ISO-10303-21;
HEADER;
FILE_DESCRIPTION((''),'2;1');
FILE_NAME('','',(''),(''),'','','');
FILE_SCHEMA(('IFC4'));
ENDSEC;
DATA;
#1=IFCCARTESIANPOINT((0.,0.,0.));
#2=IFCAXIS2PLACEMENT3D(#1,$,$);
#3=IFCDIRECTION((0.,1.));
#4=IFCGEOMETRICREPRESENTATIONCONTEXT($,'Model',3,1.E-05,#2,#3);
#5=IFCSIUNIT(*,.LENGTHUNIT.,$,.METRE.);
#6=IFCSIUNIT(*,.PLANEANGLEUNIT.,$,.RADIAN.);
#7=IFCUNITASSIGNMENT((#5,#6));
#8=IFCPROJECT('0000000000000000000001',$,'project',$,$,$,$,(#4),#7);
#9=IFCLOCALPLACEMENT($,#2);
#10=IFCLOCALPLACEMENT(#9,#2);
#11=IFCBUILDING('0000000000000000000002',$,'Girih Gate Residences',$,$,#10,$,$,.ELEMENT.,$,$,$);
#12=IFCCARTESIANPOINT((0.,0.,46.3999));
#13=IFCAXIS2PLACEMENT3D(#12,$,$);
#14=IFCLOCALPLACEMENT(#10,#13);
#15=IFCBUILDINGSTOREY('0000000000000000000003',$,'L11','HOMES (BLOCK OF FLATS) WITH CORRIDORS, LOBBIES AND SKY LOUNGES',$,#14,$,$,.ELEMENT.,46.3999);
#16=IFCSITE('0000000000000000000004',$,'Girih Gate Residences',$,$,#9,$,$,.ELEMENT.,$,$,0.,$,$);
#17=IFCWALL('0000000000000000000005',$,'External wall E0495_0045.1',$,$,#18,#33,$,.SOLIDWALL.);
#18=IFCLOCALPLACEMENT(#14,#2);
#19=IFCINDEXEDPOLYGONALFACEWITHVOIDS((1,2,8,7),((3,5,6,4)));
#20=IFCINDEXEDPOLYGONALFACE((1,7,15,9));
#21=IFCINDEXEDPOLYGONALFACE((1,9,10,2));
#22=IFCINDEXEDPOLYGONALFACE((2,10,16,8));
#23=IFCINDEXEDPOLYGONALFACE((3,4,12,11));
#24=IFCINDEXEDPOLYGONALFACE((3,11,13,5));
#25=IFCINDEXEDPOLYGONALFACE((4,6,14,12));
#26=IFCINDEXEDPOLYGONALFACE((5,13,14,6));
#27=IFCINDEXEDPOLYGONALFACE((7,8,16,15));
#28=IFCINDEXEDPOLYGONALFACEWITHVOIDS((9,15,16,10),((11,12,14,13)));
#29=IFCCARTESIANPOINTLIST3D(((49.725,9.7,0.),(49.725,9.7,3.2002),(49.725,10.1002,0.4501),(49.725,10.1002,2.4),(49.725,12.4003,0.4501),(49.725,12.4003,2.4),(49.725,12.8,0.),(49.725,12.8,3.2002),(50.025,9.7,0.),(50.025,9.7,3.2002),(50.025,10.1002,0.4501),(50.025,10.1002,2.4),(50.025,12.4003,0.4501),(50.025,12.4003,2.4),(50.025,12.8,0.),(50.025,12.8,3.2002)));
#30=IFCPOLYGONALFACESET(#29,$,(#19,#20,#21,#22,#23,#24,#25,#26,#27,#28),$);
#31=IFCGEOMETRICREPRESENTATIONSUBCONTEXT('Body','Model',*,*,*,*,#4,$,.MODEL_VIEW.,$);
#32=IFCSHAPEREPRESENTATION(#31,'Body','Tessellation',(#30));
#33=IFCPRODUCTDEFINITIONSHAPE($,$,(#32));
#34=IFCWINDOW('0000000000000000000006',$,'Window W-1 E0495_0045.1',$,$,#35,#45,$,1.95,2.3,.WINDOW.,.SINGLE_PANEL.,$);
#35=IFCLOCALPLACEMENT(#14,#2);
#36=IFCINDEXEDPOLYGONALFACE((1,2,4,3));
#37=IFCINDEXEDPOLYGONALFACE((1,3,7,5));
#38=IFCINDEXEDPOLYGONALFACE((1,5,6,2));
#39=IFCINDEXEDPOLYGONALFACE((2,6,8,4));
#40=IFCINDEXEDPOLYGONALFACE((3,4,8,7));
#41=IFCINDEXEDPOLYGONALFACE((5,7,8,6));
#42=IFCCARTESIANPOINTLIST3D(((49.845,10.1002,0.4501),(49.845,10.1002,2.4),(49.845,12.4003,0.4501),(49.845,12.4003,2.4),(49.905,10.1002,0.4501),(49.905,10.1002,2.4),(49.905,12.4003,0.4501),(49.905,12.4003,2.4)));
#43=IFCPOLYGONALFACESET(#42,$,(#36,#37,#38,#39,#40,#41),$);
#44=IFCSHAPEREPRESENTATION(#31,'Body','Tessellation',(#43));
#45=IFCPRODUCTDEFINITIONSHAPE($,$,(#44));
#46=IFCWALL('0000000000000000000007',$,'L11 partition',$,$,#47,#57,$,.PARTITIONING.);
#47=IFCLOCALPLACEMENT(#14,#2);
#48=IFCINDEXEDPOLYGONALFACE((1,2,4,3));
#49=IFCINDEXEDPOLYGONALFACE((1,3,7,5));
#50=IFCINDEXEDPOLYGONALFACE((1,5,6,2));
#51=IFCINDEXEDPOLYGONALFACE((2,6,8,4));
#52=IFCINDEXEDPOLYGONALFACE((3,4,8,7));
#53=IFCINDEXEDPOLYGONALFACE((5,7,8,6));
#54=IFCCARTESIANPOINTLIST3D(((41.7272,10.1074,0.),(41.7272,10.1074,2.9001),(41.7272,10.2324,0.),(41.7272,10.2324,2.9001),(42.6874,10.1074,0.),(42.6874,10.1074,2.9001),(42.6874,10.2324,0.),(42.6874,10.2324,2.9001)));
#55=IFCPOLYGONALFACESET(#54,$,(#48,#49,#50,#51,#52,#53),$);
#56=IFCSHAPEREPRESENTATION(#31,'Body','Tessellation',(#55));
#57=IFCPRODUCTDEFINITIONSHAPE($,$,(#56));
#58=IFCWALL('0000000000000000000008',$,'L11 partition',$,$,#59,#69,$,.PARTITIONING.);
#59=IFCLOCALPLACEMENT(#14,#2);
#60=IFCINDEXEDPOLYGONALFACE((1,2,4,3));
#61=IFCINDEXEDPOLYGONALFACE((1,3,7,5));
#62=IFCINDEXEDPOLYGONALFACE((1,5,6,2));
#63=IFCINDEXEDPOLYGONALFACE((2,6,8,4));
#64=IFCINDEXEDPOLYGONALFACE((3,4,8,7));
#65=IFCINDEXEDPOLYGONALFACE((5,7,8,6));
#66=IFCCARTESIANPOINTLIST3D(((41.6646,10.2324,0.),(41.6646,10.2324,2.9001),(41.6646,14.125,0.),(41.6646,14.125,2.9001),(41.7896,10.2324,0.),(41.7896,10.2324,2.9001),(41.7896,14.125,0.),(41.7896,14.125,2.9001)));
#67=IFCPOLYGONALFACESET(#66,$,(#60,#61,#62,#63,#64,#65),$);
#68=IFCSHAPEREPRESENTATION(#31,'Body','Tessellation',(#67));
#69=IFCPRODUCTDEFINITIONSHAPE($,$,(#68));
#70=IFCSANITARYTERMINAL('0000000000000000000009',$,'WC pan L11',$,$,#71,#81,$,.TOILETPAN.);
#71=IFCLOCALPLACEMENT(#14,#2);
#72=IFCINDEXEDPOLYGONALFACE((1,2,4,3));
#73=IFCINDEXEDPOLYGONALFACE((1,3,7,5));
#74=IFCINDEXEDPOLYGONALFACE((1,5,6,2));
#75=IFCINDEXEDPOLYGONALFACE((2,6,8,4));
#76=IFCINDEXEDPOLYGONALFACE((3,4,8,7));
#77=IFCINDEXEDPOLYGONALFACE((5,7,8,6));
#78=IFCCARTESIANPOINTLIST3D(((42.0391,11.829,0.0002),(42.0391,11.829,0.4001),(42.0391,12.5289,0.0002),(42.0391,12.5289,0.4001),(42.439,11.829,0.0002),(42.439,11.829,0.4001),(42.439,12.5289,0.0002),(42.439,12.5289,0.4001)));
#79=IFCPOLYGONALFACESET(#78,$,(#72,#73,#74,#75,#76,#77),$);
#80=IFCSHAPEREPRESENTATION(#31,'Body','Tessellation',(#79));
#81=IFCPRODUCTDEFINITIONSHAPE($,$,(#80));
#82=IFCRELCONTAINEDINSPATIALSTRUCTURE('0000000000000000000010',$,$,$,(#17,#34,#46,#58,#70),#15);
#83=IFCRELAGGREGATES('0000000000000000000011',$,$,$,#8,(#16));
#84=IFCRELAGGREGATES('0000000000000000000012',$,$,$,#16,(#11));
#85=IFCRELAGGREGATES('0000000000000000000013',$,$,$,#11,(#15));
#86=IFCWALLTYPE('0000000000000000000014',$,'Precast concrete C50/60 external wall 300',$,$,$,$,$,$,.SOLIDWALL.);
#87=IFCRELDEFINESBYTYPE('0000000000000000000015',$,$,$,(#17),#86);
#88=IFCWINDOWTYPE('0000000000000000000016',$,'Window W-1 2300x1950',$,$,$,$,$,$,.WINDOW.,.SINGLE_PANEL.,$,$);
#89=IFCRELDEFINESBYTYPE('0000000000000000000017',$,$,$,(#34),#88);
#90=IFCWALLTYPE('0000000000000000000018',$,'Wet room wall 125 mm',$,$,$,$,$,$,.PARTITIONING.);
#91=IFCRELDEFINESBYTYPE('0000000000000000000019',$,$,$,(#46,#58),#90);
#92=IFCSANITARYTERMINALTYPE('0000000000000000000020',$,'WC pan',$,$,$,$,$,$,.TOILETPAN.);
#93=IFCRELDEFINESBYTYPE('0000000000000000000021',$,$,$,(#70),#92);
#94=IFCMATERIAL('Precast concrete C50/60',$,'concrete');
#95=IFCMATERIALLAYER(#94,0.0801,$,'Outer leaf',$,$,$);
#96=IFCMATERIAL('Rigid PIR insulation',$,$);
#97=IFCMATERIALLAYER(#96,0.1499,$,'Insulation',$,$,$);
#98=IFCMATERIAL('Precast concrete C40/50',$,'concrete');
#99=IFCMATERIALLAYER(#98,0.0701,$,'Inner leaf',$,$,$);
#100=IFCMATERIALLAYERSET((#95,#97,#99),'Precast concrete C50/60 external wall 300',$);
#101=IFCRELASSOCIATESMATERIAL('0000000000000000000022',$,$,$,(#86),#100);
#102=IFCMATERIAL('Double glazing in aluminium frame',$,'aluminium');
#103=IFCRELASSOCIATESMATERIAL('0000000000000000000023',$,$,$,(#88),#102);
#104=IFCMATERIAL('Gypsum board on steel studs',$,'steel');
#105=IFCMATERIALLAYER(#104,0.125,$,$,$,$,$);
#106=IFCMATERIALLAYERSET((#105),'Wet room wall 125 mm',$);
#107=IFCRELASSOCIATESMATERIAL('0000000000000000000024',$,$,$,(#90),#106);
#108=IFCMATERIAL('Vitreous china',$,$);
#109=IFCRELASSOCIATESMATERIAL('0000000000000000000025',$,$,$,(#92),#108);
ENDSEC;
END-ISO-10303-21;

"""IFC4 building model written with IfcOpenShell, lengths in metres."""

from ifc_helpers import new_model, si_unit, direction, frame, frame_2d, origin, origin_2d, place, context, subcontext, project, spatial, rectangle, extrude, material, layer, layer_set, type_object, element, fill, save


model = new_model("IFC4")

# Units and contexts
model_context = context("Model", 3, precision=1e-05, world=origin(), true_north=direction((0.0, 1.0)))
body_context = subcontext(model_context, "Body", "Model", "MODEL_VIEW")
ifc_project = project(units=[si_unit("LENGTHUNIT", "METRE"), si_unit("PLANEANGLEUNIT", "RADIAN")], contexts=[model_context])

# Site, building, storey
site_placement = place(None, origin())
site = spatial("IfcSite", under=ifc_project, at=site_placement, Name="Girih Gate Residences", CompositionType="ELEMENT", RefElevation=0.0)
building_placement = place(site_placement, origin())
building = spatial("IfcBuilding", under=site, at=building_placement, Name="Girih Gate Residences", CompositionType="ELEMENT")
storey_placement = place(building_placement, frame((0.0, 0.0, 46.3999)))
storey = spatial("IfcBuildingStorey", under=building, at=storey_placement, Name="L11", Description="HOMES (BLOCK OF FLATS) WITH CORRIDORS, LOBBIES AND SKY LOUNGES", CompositionType="ELEMENT", Elevation=46.3999)

# Shared definitions
ifc_material_1 = material(Name="Gypsum board on steel studs", Category="steel")

# Wall, opening, window
ifc_material_2 = material(Name="Precast concrete C50/60", Category="concrete")
ifc_layer_1 = layer(ifc_material_2, 0.0801, Name="Outer leaf")
ifc_material_3 = material(Name="Rigid PIR insulation")
ifc_layer_2 = layer(ifc_material_3, 0.1499, Name="Insulation")
ifc_material_4 = material(Name="Precast concrete C40/50", Category="concrete")
ifc_layer_3 = layer(ifc_material_4, 0.0701, Name="Inner leaf")
ifc_layer_set_1 = layer_set([ifc_layer_1, ifc_layer_2, ifc_layer_3], Name="Precast concrete C50/60 external wall 300")
wall_type_1 = type_object("IfcWallType", Name="Precast concrete C50/60 external wall 300", PredefinedType="SOLIDWALL", material=ifc_layer_set_1)
wall_1_placement = place(storey_placement, frame((49.875, 12.8, 0.0), z_axis=(0.0, 0.0, 1.0), x_axis=(0.0, -1.0, 0.0)))
wall_1 = element("IfcWall", 1, at=wall_1_placement, inside=storey, type_object=wall_type_1, Name="External wall E0495_0045.1", PredefinedType="SOLIDWALL", context=body_context, shape_type="SweptSolid", body=[
    extrude(rectangle(XDim=3.1001, YDim=0.3, at=frame_2d((1.55, 0.0))), origin(), (0.0, 0.0, 1.0), 3.2002),
])
opening_1_placement = place(wall_1_placement, frame((0.3999, 0.0, 0.45)))
opening_1 = element("IfcOpeningElement", 2, at=opening_1_placement, cuts=wall_1, PredefinedType="OPENING", context=body_context, shape_type="SweptSolid", body=[
    extrude(rectangle(XDim=2.3, YDim=1.95, at=frame_2d((1.1499, 0.9751))), frame((0.0, 0.1599, 0.0), z_axis=(0.0, -1.0, 0.0), x_axis=(1.0, 0.0, 0.0)), (0.0, 0.0, 1.0), 0.3201),
])
ifc_material_5 = material(Name="Double glazing in aluminium frame", Category="aluminium")
window_type = type_object("IfcWindowType", Name="Window W-1 2300x1950", PartitioningType="SINGLE_PANEL", PredefinedType="WINDOW", material=ifc_material_5)
window_placement = place(opening_1_placement, origin())
window = element("IfcWindow", 3, at=window_placement, inside=storey, type_object=window_type, Name="Window W-1 E0495_0045.1", OverallHeight=1.95, OverallWidth=2.3, PartitioningType="SINGLE_PANEL", PredefinedType="WINDOW", context=body_context, shape_type="SweptSolid", body=[
    extrude(rectangle(XDim=2.3, YDim=1.95, at=frame_2d((1.1499, 0.9751))), frame((0.0, 0.03, 0.0), z_axis=(0.0, -1.0, 0.0), x_axis=(1.0, 0.0, 0.0)), (0.0, 0.0, 1.0), 0.0601),
])
fill(opening_1, window)

# Walls
ifc_layer_4 = layer(ifc_material_1, 0.125)
ifc_layer_set_2 = layer_set([ifc_layer_4], Name="Wet room wall 125 mm")
wall_type_2 = type_object("IfcWallType", Name="Wet room wall 125 mm", PredefinedType="PARTITIONING", material=ifc_layer_set_2)
wall_2_placement = place(storey_placement, frame((41.7273, 10.1699, 0.0), z_axis=(0.0, 0.0, 1.0), x_axis=(1.0, 0.0, 0.0)))
element("IfcWall", 4, at=wall_2_placement, inside=storey, type_object=wall_type_2, Name="L11 partition", PredefinedType="PARTITIONING", context=body_context, shape_type="SweptSolid", body=[
    extrude(rectangle(XDim=0.9602, YDim=0.125, at=frame_2d((0.48, 0.0))), origin(), (0.0, 0.0, 1.0), 2.9001),
])
wall_3_placement = place(storey_placement, frame((41.7271, 10.2324, 0.0), z_axis=(0.0, 0.0, 1.0), x_axis=(0.0, 1.0, 0.0)))
element("IfcWall", 5, at=wall_3_placement, inside=storey, type_object=wall_type_2, Name="L11 partition", PredefinedType="PARTITIONING", context=body_context, shape_type="SweptSolid", body=[
    extrude(rectangle(XDim=3.8926, YDim=0.125, at=frame_2d((1.9463, 0.0))), origin(), (0.0, 0.0, 1.0), 2.9001),
])

# Sanitary terminal
ifc_material_6 = material(Name="Vitreous china")
sanitary_terminal_type = type_object("IfcSanitaryTerminalType", Name="WC pan", PredefinedType="TOILETPAN", material=ifc_material_6)
sanitary_terminal_placement = place(storey_placement, frame((42.239, 12.179, 0.0002), z_axis=(0.0, 0.0, 1.0), x_axis=(1.0, 0.0, 0.0)))
element("IfcSanitaryTerminal", 6, at=sanitary_terminal_placement, inside=storey, type_object=sanitary_terminal_type, Name="WC pan L11", PredefinedType="TOILETPAN", context=body_context, shape_type="SweptSolid", body=[
    extrude(rectangle(XDim=0.3999, YDim=0.7, at=origin_2d()), origin(), (0.0, 0.0, 1.0), 0.3999),
])

save(model, "model.ifc")
